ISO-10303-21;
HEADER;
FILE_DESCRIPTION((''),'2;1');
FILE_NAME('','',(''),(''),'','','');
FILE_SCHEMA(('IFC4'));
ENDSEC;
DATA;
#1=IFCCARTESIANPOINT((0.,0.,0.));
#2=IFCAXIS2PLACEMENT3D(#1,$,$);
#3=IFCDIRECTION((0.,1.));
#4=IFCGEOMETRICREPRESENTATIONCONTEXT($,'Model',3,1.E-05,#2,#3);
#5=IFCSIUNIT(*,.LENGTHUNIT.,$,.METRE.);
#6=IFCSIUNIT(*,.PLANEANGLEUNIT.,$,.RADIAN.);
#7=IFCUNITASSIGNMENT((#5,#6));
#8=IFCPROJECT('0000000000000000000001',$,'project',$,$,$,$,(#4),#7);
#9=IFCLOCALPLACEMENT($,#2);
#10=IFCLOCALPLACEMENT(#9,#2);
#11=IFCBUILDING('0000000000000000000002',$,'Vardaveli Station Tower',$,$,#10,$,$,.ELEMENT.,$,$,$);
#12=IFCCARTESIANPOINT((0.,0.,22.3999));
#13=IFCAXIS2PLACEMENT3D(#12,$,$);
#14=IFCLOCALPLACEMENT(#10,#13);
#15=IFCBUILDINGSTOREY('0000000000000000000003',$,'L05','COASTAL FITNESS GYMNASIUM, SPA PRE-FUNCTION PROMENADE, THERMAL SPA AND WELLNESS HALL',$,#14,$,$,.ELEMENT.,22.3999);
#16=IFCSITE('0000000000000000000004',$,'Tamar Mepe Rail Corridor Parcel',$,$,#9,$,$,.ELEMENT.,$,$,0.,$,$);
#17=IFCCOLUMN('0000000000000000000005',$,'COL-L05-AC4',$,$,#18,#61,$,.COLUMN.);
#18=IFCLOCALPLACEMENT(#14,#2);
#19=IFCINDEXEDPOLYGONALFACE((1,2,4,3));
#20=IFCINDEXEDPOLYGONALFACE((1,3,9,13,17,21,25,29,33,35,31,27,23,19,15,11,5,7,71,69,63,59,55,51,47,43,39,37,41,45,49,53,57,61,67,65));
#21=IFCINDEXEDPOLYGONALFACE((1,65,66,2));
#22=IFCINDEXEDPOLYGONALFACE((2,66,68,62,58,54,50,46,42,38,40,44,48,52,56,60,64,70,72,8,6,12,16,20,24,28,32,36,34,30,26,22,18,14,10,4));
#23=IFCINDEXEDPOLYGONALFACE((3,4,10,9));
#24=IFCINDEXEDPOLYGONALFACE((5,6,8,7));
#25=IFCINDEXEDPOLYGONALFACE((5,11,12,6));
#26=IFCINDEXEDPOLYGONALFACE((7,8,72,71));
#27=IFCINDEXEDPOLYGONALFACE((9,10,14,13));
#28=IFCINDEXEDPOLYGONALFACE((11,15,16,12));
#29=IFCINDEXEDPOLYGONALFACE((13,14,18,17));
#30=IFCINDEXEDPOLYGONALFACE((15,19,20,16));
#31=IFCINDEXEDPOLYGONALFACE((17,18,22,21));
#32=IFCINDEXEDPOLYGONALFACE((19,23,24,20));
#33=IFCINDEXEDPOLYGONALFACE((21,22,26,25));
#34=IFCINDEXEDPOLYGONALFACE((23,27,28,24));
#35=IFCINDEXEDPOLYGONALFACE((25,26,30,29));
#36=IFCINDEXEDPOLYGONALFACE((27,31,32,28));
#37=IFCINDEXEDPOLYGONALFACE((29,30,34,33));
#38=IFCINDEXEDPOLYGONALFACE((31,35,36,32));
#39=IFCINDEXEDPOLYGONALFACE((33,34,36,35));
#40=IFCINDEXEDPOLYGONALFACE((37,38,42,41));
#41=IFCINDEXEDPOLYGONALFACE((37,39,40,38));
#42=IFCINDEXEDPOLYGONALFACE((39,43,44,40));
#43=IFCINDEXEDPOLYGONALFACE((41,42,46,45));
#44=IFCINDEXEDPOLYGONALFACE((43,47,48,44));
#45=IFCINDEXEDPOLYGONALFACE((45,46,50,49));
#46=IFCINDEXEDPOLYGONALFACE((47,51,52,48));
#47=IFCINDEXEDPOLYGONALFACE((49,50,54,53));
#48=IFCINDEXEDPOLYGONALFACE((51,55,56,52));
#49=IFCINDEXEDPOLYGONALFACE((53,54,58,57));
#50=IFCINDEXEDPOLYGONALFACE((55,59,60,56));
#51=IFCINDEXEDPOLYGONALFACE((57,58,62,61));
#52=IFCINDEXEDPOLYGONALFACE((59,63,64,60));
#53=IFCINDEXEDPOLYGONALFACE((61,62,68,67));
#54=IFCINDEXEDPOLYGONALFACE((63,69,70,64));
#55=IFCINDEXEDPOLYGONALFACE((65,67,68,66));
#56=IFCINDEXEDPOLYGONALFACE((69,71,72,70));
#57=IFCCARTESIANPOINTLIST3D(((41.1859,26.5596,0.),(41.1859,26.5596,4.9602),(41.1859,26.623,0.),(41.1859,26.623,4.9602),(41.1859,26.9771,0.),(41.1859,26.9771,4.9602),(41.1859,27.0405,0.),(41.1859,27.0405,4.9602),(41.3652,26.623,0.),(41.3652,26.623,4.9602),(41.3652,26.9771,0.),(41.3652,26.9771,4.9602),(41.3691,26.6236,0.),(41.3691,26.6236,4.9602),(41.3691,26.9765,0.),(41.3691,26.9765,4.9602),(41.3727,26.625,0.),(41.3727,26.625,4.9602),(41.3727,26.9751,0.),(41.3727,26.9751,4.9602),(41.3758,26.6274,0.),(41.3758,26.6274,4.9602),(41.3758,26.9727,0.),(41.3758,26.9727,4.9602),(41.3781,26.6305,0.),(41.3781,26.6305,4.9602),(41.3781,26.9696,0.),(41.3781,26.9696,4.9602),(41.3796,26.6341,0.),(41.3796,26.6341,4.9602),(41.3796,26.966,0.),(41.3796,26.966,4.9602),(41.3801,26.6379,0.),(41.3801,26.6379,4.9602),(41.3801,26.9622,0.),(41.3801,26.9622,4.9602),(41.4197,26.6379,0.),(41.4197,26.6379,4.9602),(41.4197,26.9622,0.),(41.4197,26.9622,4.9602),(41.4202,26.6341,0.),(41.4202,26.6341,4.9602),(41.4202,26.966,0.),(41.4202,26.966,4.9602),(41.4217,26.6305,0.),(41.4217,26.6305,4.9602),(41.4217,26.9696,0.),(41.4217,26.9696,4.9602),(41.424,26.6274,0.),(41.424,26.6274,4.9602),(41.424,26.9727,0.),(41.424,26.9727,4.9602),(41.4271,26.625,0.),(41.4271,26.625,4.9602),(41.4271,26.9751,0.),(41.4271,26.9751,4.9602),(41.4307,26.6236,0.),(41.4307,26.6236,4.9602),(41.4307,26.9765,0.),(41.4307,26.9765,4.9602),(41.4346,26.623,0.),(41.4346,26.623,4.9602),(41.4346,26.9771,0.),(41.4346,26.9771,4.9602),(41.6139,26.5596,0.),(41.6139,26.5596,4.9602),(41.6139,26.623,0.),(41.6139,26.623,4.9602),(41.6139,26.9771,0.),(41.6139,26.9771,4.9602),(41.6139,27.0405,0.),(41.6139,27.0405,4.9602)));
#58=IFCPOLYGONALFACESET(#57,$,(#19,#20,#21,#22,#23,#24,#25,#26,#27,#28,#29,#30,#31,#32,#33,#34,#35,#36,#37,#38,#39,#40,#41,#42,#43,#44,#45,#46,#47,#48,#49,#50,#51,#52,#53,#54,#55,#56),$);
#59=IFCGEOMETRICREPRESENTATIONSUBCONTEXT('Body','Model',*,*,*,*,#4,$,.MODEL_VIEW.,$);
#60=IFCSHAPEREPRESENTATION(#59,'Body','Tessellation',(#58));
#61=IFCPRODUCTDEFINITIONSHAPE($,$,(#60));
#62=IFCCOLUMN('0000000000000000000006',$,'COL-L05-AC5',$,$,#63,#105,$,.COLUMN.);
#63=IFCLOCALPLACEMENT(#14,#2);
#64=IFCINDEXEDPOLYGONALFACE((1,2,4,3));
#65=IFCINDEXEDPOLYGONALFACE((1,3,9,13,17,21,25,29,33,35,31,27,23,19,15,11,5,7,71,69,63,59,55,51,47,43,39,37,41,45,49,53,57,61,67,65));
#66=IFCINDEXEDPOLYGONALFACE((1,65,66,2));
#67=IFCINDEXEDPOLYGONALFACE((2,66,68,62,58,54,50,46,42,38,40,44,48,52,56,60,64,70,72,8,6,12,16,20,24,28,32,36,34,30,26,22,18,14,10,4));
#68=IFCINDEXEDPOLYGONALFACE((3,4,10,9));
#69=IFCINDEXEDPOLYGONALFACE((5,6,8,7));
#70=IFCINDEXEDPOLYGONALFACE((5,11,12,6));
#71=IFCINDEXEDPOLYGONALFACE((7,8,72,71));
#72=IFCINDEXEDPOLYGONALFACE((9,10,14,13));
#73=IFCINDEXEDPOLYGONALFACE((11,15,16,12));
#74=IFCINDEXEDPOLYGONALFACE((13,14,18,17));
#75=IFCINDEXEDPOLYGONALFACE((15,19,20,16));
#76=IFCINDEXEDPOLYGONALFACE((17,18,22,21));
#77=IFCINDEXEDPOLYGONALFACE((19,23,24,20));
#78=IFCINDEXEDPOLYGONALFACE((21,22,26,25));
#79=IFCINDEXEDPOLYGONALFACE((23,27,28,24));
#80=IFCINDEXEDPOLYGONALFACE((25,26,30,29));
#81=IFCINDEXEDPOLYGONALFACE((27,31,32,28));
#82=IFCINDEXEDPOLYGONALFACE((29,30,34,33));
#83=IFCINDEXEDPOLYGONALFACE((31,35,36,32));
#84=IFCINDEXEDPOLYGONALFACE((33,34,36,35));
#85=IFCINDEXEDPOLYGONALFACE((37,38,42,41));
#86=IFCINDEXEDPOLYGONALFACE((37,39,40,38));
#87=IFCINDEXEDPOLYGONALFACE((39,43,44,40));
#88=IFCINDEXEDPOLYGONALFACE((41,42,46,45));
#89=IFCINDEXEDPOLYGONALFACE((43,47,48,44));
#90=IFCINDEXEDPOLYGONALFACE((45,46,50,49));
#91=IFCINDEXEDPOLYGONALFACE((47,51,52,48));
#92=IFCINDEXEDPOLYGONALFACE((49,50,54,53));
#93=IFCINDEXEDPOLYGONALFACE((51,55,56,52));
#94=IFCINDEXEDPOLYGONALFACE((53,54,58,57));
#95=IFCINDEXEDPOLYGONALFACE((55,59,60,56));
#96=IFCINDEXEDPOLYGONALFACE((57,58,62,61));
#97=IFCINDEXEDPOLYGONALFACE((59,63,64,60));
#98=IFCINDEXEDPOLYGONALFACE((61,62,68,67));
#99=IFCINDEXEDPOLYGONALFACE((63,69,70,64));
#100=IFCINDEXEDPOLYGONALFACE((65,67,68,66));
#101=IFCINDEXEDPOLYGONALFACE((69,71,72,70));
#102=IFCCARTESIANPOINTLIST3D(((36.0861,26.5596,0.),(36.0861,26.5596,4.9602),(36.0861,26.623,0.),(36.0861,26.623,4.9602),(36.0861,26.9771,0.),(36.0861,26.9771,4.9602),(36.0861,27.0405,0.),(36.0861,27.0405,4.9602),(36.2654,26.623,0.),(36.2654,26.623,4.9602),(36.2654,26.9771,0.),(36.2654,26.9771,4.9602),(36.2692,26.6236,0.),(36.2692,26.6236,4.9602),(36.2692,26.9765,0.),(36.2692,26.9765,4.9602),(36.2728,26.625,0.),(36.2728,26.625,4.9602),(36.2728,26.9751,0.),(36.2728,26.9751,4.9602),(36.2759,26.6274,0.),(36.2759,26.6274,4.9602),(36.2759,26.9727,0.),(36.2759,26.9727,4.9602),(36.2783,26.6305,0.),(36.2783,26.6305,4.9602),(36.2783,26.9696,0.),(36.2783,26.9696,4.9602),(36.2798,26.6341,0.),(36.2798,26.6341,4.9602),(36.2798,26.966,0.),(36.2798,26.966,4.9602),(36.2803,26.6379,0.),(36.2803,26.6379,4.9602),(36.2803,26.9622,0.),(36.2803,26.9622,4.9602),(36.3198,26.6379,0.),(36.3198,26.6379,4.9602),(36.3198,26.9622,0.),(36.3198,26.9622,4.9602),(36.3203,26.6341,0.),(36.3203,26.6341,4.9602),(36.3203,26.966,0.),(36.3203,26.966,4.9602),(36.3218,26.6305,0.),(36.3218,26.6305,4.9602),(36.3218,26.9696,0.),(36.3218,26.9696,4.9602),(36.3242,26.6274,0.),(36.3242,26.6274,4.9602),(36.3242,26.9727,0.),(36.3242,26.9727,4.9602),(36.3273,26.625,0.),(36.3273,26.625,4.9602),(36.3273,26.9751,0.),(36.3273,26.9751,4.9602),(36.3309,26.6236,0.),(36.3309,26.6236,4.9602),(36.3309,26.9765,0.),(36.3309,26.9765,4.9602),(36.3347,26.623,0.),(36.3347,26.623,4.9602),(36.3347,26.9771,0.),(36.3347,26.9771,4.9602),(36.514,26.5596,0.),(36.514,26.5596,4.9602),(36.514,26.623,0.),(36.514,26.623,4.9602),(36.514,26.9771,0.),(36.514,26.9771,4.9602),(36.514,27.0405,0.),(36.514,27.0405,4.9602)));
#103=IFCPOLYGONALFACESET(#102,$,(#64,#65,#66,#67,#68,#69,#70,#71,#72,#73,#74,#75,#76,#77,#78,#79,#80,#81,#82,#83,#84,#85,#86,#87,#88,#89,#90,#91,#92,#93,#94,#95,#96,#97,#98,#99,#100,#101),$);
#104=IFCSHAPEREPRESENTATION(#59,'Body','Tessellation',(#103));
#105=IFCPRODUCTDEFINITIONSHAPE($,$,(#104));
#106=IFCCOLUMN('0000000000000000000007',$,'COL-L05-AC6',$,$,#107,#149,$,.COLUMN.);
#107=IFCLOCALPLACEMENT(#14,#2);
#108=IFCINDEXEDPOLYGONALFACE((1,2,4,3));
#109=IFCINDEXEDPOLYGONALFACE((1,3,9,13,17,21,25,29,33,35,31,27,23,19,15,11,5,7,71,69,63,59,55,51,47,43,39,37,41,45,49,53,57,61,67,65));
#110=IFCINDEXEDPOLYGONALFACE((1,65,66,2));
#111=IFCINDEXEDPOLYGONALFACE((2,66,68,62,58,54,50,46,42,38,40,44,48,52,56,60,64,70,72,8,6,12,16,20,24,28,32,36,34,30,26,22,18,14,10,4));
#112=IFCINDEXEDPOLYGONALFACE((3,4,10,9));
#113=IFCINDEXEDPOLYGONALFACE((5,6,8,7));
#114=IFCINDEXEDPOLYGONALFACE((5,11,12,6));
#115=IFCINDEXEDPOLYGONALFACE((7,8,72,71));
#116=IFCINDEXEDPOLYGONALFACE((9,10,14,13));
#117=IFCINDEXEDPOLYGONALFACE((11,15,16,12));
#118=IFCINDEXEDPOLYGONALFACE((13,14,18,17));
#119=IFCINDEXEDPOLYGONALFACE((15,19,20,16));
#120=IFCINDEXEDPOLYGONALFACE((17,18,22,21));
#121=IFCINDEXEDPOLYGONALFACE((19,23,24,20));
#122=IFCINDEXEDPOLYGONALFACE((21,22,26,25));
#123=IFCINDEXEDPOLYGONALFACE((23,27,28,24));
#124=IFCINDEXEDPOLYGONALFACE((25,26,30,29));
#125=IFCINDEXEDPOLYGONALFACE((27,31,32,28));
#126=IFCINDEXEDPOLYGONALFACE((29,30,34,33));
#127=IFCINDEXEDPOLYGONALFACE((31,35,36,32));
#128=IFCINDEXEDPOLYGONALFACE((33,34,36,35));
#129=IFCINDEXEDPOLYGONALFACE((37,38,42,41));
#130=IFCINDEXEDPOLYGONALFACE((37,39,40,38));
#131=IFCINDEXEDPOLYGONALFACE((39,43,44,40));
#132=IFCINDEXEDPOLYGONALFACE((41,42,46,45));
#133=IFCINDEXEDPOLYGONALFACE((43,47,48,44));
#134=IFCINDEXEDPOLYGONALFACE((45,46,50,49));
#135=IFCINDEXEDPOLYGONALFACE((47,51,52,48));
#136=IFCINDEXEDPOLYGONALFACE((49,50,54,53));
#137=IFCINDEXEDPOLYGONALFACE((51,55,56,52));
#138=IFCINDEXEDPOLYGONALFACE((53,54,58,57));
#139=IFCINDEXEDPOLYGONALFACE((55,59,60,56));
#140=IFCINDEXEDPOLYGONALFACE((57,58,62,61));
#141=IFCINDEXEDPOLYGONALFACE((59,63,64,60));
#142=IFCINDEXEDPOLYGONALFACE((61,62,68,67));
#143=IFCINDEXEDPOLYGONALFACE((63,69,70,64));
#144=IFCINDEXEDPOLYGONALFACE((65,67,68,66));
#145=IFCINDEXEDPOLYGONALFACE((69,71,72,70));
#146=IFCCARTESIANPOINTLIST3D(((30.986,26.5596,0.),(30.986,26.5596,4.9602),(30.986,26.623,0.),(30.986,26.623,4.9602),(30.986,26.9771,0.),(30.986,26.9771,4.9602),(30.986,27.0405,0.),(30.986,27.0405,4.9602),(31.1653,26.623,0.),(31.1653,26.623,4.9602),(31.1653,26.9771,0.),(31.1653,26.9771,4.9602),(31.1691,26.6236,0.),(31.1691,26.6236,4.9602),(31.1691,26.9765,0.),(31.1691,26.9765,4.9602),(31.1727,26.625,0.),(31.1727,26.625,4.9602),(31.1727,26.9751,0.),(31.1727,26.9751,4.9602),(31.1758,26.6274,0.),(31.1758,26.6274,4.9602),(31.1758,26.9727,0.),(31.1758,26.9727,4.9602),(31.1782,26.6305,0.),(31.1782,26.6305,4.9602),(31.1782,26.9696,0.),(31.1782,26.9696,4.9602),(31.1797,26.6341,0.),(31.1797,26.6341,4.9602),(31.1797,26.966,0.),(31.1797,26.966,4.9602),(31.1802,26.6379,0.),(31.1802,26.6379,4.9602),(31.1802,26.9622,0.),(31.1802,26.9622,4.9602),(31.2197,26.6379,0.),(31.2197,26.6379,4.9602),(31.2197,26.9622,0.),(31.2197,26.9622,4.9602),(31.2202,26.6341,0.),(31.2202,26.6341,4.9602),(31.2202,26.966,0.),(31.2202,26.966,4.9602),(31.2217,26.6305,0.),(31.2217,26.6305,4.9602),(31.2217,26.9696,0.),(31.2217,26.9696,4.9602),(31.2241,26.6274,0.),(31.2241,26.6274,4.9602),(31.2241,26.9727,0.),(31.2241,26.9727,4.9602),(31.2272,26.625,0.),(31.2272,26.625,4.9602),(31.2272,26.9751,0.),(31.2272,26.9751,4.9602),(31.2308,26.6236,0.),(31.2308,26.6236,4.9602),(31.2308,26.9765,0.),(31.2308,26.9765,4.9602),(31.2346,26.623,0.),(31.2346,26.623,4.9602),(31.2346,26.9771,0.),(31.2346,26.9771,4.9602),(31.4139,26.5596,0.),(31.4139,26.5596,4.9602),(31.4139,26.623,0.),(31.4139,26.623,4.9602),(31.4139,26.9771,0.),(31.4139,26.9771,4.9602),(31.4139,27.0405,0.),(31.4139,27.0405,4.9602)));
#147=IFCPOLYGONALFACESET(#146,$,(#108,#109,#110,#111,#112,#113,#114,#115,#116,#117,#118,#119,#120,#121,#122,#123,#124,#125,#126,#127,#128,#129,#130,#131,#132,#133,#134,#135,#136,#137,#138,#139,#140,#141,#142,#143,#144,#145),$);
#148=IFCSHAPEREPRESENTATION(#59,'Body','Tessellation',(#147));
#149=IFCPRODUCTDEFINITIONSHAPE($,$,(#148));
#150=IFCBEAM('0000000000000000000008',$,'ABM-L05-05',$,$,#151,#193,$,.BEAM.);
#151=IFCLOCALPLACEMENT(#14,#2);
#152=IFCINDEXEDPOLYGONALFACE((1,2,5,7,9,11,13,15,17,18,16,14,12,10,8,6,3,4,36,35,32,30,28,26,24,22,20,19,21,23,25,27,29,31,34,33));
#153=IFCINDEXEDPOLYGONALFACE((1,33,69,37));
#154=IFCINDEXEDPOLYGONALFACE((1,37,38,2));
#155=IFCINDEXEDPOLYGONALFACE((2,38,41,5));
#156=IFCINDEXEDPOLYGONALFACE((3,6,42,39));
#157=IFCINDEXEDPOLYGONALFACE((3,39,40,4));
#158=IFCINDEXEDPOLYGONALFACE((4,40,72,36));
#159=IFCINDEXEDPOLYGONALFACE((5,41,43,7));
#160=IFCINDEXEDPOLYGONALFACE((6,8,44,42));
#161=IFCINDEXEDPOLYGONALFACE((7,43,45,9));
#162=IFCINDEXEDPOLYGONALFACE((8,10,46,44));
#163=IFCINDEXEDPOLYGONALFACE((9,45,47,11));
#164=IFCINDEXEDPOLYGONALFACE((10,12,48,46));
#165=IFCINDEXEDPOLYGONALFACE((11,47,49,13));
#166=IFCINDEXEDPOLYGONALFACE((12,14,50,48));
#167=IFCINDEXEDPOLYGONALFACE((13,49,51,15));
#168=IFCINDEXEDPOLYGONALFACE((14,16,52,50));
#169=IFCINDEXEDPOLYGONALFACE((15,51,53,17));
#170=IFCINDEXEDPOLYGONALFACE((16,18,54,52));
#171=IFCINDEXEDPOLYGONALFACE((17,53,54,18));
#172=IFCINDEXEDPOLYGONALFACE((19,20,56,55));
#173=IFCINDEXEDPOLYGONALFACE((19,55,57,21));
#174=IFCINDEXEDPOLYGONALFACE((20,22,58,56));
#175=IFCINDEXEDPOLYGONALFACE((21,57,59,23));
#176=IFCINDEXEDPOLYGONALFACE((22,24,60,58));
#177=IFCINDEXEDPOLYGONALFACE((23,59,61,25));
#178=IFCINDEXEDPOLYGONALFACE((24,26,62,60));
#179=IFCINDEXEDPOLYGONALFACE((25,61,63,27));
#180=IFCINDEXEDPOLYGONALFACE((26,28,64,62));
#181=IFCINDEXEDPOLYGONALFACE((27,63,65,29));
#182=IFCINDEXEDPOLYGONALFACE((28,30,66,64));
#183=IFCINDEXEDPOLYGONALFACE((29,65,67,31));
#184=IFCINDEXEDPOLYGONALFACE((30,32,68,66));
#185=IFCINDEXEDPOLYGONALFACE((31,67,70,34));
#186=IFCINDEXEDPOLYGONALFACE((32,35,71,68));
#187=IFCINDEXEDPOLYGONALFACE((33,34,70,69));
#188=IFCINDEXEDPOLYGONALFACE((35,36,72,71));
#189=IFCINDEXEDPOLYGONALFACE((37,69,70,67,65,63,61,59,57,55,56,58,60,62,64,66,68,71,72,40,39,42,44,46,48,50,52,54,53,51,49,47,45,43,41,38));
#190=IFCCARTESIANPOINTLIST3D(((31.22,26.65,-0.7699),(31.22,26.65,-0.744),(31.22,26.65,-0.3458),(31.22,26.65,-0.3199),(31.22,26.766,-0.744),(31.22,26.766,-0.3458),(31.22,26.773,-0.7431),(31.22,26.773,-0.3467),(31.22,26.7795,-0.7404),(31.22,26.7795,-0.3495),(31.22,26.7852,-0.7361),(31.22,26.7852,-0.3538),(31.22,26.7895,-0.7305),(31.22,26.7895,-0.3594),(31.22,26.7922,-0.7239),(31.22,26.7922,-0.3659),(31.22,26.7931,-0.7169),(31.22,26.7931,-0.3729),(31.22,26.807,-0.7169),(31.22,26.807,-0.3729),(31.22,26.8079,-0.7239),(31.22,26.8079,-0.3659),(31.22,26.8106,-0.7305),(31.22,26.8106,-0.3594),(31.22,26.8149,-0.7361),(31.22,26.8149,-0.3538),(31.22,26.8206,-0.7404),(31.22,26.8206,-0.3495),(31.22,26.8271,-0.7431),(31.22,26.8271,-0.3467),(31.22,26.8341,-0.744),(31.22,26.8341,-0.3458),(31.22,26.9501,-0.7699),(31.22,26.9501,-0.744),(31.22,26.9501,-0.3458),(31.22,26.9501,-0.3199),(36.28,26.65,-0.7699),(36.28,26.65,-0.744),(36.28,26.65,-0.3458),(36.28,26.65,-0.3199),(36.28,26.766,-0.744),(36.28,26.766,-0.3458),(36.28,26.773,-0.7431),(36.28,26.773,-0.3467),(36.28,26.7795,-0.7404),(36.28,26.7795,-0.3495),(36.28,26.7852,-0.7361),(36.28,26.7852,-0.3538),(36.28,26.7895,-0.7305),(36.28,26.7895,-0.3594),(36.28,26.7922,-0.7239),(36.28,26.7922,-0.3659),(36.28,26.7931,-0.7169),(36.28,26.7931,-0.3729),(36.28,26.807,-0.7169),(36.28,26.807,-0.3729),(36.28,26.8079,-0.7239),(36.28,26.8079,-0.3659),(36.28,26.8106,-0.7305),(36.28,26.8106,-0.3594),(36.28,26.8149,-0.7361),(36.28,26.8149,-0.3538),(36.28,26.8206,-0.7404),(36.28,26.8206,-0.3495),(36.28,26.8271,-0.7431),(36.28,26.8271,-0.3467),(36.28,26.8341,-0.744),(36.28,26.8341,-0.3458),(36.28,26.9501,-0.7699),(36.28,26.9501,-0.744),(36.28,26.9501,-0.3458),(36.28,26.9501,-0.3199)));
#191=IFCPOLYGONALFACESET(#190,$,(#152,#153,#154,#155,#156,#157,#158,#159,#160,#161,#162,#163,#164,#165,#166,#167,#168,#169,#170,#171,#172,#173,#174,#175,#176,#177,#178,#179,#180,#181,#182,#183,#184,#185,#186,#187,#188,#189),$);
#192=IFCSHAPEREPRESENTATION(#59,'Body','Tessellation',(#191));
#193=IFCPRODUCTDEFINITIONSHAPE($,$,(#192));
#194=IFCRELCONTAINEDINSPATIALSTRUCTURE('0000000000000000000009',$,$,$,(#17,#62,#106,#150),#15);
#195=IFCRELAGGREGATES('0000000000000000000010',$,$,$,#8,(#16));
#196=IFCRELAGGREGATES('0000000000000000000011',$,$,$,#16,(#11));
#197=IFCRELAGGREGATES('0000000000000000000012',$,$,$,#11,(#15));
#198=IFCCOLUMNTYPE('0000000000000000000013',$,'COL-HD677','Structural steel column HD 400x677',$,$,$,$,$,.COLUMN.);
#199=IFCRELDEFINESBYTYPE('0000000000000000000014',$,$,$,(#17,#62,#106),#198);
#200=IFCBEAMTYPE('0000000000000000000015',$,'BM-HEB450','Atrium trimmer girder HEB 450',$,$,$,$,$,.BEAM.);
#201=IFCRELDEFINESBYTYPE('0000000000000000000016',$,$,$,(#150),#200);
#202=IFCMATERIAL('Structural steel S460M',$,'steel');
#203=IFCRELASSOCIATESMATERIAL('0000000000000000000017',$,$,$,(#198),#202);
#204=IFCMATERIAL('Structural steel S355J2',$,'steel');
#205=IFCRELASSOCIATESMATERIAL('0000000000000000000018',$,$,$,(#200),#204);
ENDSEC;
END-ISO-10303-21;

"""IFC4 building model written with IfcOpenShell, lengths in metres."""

from ifc_helpers import new_model, si_unit, direction, frame, origin, origin_2d, place, context, subcontext, project, spatial, i_section, extrude, source, transform, mapped, material, material_profile, profile_set, type_object, element, save


model = new_model("IFC4")

# Units and contexts
model_context = context("Model", 3, precision=1e-05, world=origin(), true_north=direction((0.0, 1.0)))
body_context = subcontext(model_context, "Body", "Model", "MODEL_VIEW")
ifc_project = project(units=[si_unit("LENGTHUNIT", "METRE"), si_unit("PLANEANGLEUNIT", "RADIAN")], contexts=[model_context])

# Site, building, storey
site_placement = place(None, origin())
site = spatial("IfcSite", under=ifc_project, at=site_placement, Name="Tamar Mepe Rail Corridor Parcel", CompositionType="ELEMENT", RefElevation=0.0)
building_placement = place(site_placement, origin())
building = spatial("IfcBuilding", under=site, at=building_placement, Name="Vardaveli Station Tower", CompositionType="ELEMENT")
storey_placement = place(building_placement, frame((0.0, 0.0, 22.3999)))
storey = spatial("IfcBuildingStorey", under=building, at=storey_placement, Name="L05", Description="COASTAL FITNESS GYMNASIUM, SPA PRE-FUNCTION PROMENADE, THERMAL SPA AND WELLNESS HALL", CompositionType="ELEMENT", Elevation=22.3999)

# Columns
ifc_material_1 = material(Name="Structural steel S460M", Category="steel")
ifc_material_profile_1 = material_profile(ifc_material_1, i_section(OverallWidth=0.428, OverallDepth=0.481, WebThickness=0.0396, FlangeThickness=0.0635, FilletRadius=0.0149, at=origin_2d()), Name="HD 400x677")
ifc_profile_set_1 = profile_set([ifc_material_profile_1], Name="Structural steel S460M")
column_type = type_object("IfcColumnType", Name="COL-HD677", Description="Structural steel column HD 400x677", PredefinedType="COLUMN", material=ifc_profile_set_1)
shared_shape_1 = source(origin(), body_context, "Body", "SweptSolid", [
    extrude(i_section(OverallWidth=0.428, OverallDepth=0.481, WebThickness=0.0396, FlangeThickness=0.0635, FilletRadius=0.0149, at=origin_2d()), origin(), (0.0, 0.0, 1.0), 4.9602),
])
for number, where, z_axis, x_axis, name in (
    (1, (41.3999, 26.8, 0.0), (0.0, 0.0, 1.0), (1.0, 0.0, 0.0), "COL-L05-AC4"),
    (2, (36.3, 26.8, 0.0), (0.0, 0.0, 1.0), (1.0, 0.0, 0.0), "COL-L05-AC5"),
    (3, (31.2, 26.8, 0.0), (0.0, 0.0, 1.0), (1.0, 0.0, 0.0), "COL-L05-AC6"),
):
    element("IfcColumn", number, at=place(storey_placement, frame(where, z_axis=z_axis, x_axis=x_axis)), inside=storey, type_object=column_type, Name=name, PredefinedType="COLUMN", context=body_context, shape_type="MappedRepresentation", body=[
        mapped(shared_shape_1, transform((0.0, 0.0, 0.0), scale=1.0)),
    ])

# Beam
ifc_material_2 = material(Name="Structural steel S355J2", Category="steel")
ifc_material_profile_2 = material_profile(ifc_material_2, i_section(OverallWidth=0.3, OverallDepth=0.45, WebThickness=0.0139, FlangeThickness=0.0259, FilletRadius=0.0271, at=origin_2d()), Name="HEB 450")
ifc_profile_set_2 = profile_set([ifc_material_profile_2], Name="Structural steel S355J2")
beam_type_1 = type_object("IfcBeamType", Name="BM-HEB450", Description="Atrium trimmer girder HEB 450", PredefinedType="BEAM", material=ifc_profile_set_2)
shared_shape_2 = source(origin(), body_context, "Body", "SweptSolid", [
    extrude(i_section(OverallWidth=0.3, OverallDepth=0.45, WebThickness=0.0139, FlangeThickness=0.0259, FilletRadius=0.0271, at=origin_2d()), origin(), (0.0, 0.0, 1.0), 5.0601),
])
beam_1_placement = place(storey_placement, frame((36.28, 26.8, -0.5449), z_axis=(-1.0, 0.0, 0.0), x_axis=(0.0, -1.0, 0.0)))
element("IfcBeam", 4, at=beam_1_placement, inside=storey, type_object=beam_type_1, Name="ABM-L05-05", PredefinedType="BEAM", context=body_context, shape_type="MappedRepresentation", body=[
    mapped(shared_shape_2, transform((0.0, 0.0, 0.0), scale=1.0)),
])

save(model, "model.ifc")
